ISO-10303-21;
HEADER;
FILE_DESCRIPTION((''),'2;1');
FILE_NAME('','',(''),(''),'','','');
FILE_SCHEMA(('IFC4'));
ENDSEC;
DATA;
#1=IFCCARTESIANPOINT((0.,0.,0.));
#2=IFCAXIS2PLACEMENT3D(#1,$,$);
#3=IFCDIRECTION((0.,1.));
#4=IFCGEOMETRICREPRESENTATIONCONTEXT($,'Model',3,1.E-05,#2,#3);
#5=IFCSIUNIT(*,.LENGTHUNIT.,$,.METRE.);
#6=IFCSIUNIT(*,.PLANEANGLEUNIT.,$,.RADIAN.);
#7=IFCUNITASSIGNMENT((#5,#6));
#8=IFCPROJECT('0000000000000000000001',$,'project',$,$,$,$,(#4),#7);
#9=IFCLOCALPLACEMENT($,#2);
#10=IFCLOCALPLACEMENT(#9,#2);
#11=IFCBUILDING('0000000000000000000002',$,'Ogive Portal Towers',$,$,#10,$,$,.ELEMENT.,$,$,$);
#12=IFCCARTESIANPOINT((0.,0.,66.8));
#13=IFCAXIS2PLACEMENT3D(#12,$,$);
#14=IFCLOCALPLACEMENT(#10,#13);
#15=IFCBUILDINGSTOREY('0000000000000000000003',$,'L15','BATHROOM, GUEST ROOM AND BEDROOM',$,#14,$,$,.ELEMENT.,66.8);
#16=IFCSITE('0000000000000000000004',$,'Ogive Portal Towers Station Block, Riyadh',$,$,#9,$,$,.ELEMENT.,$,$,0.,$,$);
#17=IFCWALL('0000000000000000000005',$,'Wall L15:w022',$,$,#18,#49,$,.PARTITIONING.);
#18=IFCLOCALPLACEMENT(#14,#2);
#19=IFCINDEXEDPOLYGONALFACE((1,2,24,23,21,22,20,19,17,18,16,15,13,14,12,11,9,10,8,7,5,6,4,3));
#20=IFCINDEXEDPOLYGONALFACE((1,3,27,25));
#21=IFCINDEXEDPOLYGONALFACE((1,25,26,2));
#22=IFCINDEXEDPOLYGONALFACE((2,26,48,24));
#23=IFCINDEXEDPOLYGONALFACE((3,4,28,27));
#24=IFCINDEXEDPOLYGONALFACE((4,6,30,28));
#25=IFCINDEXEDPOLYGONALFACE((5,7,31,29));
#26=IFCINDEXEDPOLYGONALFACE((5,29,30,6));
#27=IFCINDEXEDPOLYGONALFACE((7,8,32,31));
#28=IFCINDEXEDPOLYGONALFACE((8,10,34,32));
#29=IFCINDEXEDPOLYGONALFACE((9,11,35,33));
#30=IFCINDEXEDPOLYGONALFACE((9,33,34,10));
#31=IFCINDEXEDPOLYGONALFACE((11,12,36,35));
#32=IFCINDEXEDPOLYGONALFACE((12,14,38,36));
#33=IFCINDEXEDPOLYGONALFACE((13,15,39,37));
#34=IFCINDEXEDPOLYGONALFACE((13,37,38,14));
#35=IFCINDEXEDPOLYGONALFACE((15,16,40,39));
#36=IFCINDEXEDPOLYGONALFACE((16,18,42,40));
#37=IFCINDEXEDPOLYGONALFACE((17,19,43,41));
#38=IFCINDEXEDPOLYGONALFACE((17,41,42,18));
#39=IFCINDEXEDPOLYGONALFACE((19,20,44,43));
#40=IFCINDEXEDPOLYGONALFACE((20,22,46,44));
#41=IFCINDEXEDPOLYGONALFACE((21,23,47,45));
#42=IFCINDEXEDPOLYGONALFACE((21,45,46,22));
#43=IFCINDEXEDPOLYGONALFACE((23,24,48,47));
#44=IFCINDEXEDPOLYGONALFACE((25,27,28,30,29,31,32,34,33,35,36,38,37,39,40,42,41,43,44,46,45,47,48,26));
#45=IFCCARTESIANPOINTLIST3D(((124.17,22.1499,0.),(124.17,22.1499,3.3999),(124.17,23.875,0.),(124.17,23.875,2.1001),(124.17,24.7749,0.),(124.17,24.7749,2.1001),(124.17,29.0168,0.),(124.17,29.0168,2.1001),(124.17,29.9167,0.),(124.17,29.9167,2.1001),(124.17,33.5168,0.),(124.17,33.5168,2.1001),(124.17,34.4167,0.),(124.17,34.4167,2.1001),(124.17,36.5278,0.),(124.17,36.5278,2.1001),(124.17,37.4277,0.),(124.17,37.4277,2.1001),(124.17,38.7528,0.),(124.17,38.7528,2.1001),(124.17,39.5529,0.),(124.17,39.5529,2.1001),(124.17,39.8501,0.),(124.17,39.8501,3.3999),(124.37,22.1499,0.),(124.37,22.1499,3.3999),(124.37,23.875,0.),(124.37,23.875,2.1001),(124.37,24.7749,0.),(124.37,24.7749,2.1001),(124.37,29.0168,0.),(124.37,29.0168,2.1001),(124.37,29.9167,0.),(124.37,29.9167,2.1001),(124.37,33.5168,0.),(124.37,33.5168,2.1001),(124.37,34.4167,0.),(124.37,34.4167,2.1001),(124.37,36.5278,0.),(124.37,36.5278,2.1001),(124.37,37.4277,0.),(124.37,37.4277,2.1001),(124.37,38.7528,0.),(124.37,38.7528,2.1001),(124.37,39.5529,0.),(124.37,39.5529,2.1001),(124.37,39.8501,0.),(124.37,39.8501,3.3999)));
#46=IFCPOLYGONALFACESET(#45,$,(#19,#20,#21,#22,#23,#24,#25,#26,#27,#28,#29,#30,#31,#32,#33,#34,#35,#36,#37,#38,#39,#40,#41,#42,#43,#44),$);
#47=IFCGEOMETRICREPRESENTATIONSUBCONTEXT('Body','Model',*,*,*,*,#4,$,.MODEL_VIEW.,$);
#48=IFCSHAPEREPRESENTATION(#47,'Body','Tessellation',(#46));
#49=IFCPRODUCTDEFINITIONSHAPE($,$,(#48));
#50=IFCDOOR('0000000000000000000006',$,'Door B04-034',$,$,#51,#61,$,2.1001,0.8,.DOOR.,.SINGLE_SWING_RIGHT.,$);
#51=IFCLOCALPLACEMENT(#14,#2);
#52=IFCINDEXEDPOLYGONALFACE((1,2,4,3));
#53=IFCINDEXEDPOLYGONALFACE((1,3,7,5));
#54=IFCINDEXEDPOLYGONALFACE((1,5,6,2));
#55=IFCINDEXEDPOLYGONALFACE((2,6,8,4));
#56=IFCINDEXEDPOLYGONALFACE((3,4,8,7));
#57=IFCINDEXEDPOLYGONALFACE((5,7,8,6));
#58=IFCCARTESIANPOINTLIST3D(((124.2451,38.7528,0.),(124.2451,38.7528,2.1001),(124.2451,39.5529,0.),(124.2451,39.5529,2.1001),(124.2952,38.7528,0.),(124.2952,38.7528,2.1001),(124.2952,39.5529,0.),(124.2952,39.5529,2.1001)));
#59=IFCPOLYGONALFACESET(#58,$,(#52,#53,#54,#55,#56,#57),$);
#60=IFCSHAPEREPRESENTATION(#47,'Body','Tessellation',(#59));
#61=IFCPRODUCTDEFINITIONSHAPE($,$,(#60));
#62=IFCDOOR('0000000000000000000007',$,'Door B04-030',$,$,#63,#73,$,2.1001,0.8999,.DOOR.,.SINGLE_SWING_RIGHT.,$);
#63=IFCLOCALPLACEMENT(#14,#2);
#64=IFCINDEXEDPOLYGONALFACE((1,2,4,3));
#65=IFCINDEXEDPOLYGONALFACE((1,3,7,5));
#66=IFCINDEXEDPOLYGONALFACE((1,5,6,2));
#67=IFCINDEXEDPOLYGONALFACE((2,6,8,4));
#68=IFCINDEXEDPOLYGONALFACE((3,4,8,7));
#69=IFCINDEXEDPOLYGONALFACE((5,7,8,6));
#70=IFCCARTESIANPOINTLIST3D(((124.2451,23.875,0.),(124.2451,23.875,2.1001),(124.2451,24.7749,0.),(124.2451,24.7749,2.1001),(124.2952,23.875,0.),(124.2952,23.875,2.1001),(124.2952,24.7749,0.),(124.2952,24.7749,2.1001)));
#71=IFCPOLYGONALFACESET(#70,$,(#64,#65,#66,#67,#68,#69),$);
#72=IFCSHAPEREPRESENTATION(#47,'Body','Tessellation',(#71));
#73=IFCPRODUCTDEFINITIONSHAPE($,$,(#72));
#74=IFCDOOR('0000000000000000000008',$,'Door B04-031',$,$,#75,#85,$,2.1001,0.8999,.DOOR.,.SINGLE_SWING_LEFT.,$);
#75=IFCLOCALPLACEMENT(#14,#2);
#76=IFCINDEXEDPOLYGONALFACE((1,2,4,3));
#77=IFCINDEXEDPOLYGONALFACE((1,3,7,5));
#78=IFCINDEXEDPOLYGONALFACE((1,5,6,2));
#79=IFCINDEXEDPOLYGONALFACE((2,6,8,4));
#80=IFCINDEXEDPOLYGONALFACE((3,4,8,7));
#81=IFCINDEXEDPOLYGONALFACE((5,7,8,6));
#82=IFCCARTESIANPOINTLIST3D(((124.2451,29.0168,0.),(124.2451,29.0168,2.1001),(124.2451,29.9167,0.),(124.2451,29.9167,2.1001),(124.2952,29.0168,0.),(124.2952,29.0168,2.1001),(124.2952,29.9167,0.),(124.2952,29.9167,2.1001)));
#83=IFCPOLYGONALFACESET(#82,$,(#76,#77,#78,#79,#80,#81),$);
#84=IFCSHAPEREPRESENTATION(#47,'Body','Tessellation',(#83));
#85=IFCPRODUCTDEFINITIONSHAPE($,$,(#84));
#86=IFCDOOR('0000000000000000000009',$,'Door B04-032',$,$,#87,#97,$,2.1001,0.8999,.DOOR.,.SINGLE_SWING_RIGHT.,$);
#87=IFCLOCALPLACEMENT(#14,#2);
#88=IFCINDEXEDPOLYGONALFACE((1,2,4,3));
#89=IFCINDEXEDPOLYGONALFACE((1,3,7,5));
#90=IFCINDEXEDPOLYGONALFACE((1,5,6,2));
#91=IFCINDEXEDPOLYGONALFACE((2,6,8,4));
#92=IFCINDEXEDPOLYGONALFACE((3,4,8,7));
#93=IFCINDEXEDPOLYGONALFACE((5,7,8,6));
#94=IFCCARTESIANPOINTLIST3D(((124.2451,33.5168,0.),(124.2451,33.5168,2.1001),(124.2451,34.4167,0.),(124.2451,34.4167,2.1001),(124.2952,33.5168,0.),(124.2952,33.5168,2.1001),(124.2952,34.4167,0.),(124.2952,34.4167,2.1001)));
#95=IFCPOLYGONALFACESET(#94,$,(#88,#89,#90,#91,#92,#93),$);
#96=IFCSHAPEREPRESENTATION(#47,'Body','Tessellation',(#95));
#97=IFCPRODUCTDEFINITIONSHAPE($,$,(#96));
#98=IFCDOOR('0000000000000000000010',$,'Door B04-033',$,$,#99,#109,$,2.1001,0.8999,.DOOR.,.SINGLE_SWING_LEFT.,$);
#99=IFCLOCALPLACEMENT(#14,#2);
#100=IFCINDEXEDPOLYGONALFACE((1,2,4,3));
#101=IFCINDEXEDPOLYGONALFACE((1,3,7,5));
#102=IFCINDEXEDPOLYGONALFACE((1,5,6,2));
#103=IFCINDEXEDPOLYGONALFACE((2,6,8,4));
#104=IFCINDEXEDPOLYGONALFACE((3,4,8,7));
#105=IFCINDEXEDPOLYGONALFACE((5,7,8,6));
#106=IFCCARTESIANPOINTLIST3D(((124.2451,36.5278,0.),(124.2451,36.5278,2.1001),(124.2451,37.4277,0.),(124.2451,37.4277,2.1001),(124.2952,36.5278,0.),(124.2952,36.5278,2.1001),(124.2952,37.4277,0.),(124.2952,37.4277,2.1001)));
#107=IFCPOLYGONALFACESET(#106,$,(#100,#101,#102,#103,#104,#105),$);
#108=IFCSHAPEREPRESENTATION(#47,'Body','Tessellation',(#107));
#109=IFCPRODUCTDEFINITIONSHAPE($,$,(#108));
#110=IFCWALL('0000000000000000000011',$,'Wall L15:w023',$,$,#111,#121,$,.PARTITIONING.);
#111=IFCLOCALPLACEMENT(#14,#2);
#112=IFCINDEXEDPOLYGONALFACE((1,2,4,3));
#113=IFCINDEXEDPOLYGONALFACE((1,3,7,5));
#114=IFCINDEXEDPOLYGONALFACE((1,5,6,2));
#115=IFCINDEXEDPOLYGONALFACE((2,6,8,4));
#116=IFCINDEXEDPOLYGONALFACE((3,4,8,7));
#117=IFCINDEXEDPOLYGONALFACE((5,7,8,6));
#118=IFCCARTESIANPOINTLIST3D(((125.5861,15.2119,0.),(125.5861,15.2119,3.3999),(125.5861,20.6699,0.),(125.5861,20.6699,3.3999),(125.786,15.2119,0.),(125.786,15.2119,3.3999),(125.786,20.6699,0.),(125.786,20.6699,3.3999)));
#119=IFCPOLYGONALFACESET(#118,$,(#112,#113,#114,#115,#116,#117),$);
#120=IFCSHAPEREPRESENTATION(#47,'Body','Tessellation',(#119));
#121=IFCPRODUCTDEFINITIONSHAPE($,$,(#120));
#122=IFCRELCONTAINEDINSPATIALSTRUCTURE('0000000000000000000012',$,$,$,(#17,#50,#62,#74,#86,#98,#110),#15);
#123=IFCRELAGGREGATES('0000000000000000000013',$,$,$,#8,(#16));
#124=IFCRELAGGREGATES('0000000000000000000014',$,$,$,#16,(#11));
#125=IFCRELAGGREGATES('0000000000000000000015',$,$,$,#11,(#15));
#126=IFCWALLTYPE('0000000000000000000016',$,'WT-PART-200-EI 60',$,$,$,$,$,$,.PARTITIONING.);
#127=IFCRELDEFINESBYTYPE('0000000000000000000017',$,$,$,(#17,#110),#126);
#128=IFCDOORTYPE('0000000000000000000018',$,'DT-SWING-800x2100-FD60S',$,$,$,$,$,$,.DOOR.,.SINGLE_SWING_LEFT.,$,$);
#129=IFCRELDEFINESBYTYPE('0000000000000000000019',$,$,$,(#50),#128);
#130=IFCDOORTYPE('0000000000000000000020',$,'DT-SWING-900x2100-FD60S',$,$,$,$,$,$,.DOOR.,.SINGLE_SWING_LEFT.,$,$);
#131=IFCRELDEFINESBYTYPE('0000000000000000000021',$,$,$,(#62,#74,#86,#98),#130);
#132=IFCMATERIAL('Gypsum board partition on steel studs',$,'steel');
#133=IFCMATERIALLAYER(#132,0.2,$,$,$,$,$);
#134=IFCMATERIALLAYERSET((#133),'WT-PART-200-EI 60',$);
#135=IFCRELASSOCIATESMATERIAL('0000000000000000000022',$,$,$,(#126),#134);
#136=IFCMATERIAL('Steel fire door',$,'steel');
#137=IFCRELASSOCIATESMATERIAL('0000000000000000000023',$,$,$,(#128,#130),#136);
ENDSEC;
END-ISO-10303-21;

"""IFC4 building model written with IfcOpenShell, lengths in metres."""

from ifc_helpers import new_model, si_unit, direction, frame, frame_2d, origin, place, context, subcontext, project, spatial, rectangle, extrude, material, layer, layer_set, type_object, element, fill, save


model = new_model("IFC4")

# Units and contexts
model_context = context("Model", 3, precision=1e-05, world=origin(), true_north=direction((0.0, 1.0)))
body_context = subcontext(model_context, "Body", "Model", "MODEL_VIEW")
ifc_project = project(units=[si_unit("LENGTHUNIT", "METRE"), si_unit("PLANEANGLEUNIT", "RADIAN")], contexts=[model_context])

# Site, building, storey
site_placement = place(None, origin())
site = spatial("IfcSite", under=ifc_project, at=site_placement, Name="Ogive Portal Towers Station Block, Riyadh", CompositionType="ELEMENT", RefElevation=0.0)
building_placement = place(site_placement, origin())
building = spatial("IfcBuilding", under=site, at=building_placement, Name="Ogive Portal Towers", CompositionType="ELEMENT")
storey_placement = place(building_placement, frame((0.0, 0.0, 66.8)))
storey = spatial("IfcBuildingStorey", under=building, at=storey_placement, Name="L15", Description="BATHROOM, GUEST ROOM AND BEDROOM", CompositionType="ELEMENT", Elevation=66.8)

# Shared definitions
ifc_material_1 = material(Name="Steel fire door", Category="steel")

# Wall, openings, doors
ifc_material_2 = material(Name="Gypsum board partition on steel studs", Category="steel")
ifc_layer_1 = layer(ifc_material_2, 0.2)
ifc_layer_set_1 = layer_set([ifc_layer_1], Name="WT-PART-200-EI 60")
wall_type_1 = type_object("IfcWallType", Name="WT-PART-200-EI 60", PredefinedType="PARTITIONING", material=ifc_layer_set_1)
wall_1_placement = place(storey_placement, frame((124.27, 22.1499, 0.0), z_axis=(0.0, 0.0, 1.0), x_axis=(0.0, 1.0, 0.0)))
wall_1 = element("IfcWall", 1, at=wall_1_placement, inside=storey, type_object=wall_type_1, Name="Wall L15:w022", PredefinedType="PARTITIONING", context=body_context, shape_type="SweptSolid", body=[
    extrude(rectangle(XDim=17.7002, YDim=0.2, at=frame_2d((8.8501, 0.0))), origin(), (0.0, 0.0, 1.0), 3.3999),
])
opening_1_placement = place(wall_1_placement, frame((1.7251, 0.0, 0.0)))
opening_1 = element("IfcOpeningElement", 2, at=opening_1_placement, cuts=wall_1, PredefinedType="OPENING", context=body_context, shape_type="SweptSolid", body=[
    extrude(rectangle(XDim=0.8999, YDim=2.1001, at=frame_2d((0.45, 1.05))), frame((0.0, 0.1099, 0.0), z_axis=(0.0, -1.0, 0.0), x_axis=(1.0, 0.0, 0.0)), (0.0, 0.0, 1.0), 0.22),
])
opening_2_placement = place(wall_1_placement, frame((6.8669, 0.0, 0.0)))
opening_2 = element("IfcOpeningElement", 3, at=opening_2_placement, cuts=wall_1, PredefinedType="OPENING", context=body_context, shape_type="SweptSolid", body=[
    extrude(rectangle(XDim=0.8999, YDim=2.1001, at=frame_2d((0.45, 1.05))), frame((0.0, 0.1099, 0.0), z_axis=(0.0, -1.0, 0.0), x_axis=(1.0, 0.0, 0.0)), (0.0, 0.0, 1.0), 0.22),
])
opening_3_placement = place(wall_1_placement, frame((11.3669, 0.0, 0.0)))
opening_3 = element("IfcOpeningElement", 4, at=opening_3_placement, cuts=wall_1, PredefinedType="OPENING", context=body_context, shape_type="SweptSolid", body=[
    extrude(rectangle(XDim=0.8999, YDim=2.1001, at=frame_2d((0.45, 1.05))), frame((0.0, 0.1099, 0.0), z_axis=(0.0, -1.0, 0.0), x_axis=(1.0, 0.0, 0.0)), (0.0, 0.0, 1.0), 0.22),
])
opening_4_placement = place(wall_1_placement, frame((14.3779, 0.0, 0.0)))
opening_4 = element("IfcOpeningElement", 5, at=opening_4_placement, cuts=wall_1, PredefinedType="OPENING", context=body_context, shape_type="SweptSolid", body=[
    extrude(rectangle(XDim=0.8999, YDim=2.1001, at=frame_2d((0.45, 1.05))), frame((0.0, 0.1099, 0.0), z_axis=(0.0, -1.0, 0.0), x_axis=(1.0, 0.0, 0.0)), (0.0, 0.0, 1.0), 0.22),
])
opening_5_placement = place(wall_1_placement, frame((16.603, 0.0, 0.0)))
opening_5 = element("IfcOpeningElement", 6, at=opening_5_placement, cuts=wall_1, PredefinedType="OPENING", context=body_context, shape_type="SweptSolid", body=[
    extrude(rectangle(XDim=0.8, YDim=2.1001, at=frame_2d((0.3999, 1.05))), frame((0.0, 0.1099, 0.0), z_axis=(0.0, -1.0, 0.0), x_axis=(1.0, 0.0, 0.0)), (0.0, 0.0, 1.0), 0.22),
])
door_type_1 = type_object("IfcDoorType", Name="DT-SWING-800x2100-FD60S", OperationType="SINGLE_SWING_LEFT", PredefinedType="DOOR", material=ifc_material_1)
door_1_placement = place(opening_5_placement, origin())
door_1 = element("IfcDoor", 7, at=door_1_placement, inside=storey, type_object=door_type_1, Name="Door B04-034", OperationType="SINGLE_SWING_RIGHT", OverallHeight=2.1001, OverallWidth=0.8, PredefinedType="DOOR", context=body_context, shape_type="SweptSolid", body=[
    extrude(rectangle(XDim=0.8, YDim=2.1001, at=frame_2d((0.3999, 1.05))), frame((0.0, 0.0249, 0.0), z_axis=(0.0, -1.0, 0.0), x_axis=(1.0, 0.0, 0.0)), (0.0, 0.0, 1.0), 0.05),
])
fill(opening_5, door_1)
door_type_2 = type_object("IfcDoorType", Name="DT-SWING-900x2100-FD60S", OperationType="SINGLE_SWING_LEFT", PredefinedType="DOOR", material=ifc_material_1)
door_2_placement = place(opening_1_placement, origin())
door_2 = element("IfcDoor", 8, at=door_2_placement, inside=storey, type_object=door_type_2, Name="Door B04-030", OperationType="SINGLE_SWING_RIGHT", OverallHeight=2.1001, OverallWidth=0.8999, PredefinedType="DOOR", context=body_context, shape_type="SweptSolid", body=[
    extrude(rectangle(XDim=0.8999, YDim=2.1001, at=frame_2d((0.45, 1.05))), frame((0.0, 0.0249, 0.0), z_axis=(0.0, -1.0, 0.0), x_axis=(1.0, 0.0, 0.0)), (0.0, 0.0, 1.0), 0.05),
])
fill(opening_1, door_2)
door_3_placement = place(opening_2_placement, origin())
door_3 = element("IfcDoor", 9, at=door_3_placement, inside=storey, type_object=door_type_2, Name="Door B04-031", OperationType="SINGLE_SWING_LEFT", OverallHeight=2.1001, OverallWidth=0.8999, PredefinedType="DOOR", context=body_context, shape_type="SweptSolid", body=[
    extrude(rectangle(XDim=0.8999, YDim=2.1001, at=frame_2d((0.45, 1.05))), frame((0.0, 0.0249, 0.0), z_axis=(0.0, -1.0, 0.0), x_axis=(1.0, 0.0, 0.0)), (0.0, 0.0, 1.0), 0.05),
])
fill(opening_2, door_3)
door_4_placement = place(opening_3_placement, origin())
door_4 = element("IfcDoor", 10, at=door_4_placement, inside=storey, type_object=door_type_2, Name="Door B04-032", OperationType="SINGLE_SWING_RIGHT", OverallHeight=2.1001, OverallWidth=0.8999, PredefinedType="DOOR", context=body_context, shape_type="SweptSolid", body=[
    extrude(rectangle(XDim=0.8999, YDim=2.1001, at=frame_2d((0.45, 1.05))), frame((0.0, 0.0249, 0.0), z_axis=(0.0, -1.0, 0.0), x_axis=(1.0, 0.0, 0.0)), (0.0, 0.0, 1.0), 0.05),
])
fill(opening_3, door_4)
door_5_placement = place(opening_4_placement, origin())
door_5 = element("IfcDoor", 11, at=door_5_placement, inside=storey, type_object=door_type_2, Name="Door B04-033", OperationType="SINGLE_SWING_LEFT", OverallHeight=2.1001, OverallWidth=0.8999, PredefinedType="DOOR", context=body_context, shape_type="SweptSolid", body=[
    extrude(rectangle(XDim=0.8999, YDim=2.1001, at=frame_2d((0.45, 1.05))), frame((0.0, 0.0249, 0.0), z_axis=(0.0, -1.0, 0.0), x_axis=(1.0, 0.0, 0.0)), (0.0, 0.0, 1.0), 0.05),
])
fill(opening_4, door_5)

# Wall
wall_2_placement = place(storey_placement, frame((125.686, 15.2119, 0.0), z_axis=(0.0, 0.0, 1.0), x_axis=(0.0, 1.0, 0.0)))
element("IfcWall", 12, at=wall_2_placement, inside=storey, type_object=wall_type_1, Name="Wall L15:w023", PredefinedType="PARTITIONING", context=body_context, shape_type="SweptSolid", body=[
    extrude(rectangle(XDim=5.458, YDim=0.2, at=frame_2d((2.729, 0.0))), origin(), (0.0, 0.0, 1.0), 3.3999),
])

save(model, "model.ifc")
